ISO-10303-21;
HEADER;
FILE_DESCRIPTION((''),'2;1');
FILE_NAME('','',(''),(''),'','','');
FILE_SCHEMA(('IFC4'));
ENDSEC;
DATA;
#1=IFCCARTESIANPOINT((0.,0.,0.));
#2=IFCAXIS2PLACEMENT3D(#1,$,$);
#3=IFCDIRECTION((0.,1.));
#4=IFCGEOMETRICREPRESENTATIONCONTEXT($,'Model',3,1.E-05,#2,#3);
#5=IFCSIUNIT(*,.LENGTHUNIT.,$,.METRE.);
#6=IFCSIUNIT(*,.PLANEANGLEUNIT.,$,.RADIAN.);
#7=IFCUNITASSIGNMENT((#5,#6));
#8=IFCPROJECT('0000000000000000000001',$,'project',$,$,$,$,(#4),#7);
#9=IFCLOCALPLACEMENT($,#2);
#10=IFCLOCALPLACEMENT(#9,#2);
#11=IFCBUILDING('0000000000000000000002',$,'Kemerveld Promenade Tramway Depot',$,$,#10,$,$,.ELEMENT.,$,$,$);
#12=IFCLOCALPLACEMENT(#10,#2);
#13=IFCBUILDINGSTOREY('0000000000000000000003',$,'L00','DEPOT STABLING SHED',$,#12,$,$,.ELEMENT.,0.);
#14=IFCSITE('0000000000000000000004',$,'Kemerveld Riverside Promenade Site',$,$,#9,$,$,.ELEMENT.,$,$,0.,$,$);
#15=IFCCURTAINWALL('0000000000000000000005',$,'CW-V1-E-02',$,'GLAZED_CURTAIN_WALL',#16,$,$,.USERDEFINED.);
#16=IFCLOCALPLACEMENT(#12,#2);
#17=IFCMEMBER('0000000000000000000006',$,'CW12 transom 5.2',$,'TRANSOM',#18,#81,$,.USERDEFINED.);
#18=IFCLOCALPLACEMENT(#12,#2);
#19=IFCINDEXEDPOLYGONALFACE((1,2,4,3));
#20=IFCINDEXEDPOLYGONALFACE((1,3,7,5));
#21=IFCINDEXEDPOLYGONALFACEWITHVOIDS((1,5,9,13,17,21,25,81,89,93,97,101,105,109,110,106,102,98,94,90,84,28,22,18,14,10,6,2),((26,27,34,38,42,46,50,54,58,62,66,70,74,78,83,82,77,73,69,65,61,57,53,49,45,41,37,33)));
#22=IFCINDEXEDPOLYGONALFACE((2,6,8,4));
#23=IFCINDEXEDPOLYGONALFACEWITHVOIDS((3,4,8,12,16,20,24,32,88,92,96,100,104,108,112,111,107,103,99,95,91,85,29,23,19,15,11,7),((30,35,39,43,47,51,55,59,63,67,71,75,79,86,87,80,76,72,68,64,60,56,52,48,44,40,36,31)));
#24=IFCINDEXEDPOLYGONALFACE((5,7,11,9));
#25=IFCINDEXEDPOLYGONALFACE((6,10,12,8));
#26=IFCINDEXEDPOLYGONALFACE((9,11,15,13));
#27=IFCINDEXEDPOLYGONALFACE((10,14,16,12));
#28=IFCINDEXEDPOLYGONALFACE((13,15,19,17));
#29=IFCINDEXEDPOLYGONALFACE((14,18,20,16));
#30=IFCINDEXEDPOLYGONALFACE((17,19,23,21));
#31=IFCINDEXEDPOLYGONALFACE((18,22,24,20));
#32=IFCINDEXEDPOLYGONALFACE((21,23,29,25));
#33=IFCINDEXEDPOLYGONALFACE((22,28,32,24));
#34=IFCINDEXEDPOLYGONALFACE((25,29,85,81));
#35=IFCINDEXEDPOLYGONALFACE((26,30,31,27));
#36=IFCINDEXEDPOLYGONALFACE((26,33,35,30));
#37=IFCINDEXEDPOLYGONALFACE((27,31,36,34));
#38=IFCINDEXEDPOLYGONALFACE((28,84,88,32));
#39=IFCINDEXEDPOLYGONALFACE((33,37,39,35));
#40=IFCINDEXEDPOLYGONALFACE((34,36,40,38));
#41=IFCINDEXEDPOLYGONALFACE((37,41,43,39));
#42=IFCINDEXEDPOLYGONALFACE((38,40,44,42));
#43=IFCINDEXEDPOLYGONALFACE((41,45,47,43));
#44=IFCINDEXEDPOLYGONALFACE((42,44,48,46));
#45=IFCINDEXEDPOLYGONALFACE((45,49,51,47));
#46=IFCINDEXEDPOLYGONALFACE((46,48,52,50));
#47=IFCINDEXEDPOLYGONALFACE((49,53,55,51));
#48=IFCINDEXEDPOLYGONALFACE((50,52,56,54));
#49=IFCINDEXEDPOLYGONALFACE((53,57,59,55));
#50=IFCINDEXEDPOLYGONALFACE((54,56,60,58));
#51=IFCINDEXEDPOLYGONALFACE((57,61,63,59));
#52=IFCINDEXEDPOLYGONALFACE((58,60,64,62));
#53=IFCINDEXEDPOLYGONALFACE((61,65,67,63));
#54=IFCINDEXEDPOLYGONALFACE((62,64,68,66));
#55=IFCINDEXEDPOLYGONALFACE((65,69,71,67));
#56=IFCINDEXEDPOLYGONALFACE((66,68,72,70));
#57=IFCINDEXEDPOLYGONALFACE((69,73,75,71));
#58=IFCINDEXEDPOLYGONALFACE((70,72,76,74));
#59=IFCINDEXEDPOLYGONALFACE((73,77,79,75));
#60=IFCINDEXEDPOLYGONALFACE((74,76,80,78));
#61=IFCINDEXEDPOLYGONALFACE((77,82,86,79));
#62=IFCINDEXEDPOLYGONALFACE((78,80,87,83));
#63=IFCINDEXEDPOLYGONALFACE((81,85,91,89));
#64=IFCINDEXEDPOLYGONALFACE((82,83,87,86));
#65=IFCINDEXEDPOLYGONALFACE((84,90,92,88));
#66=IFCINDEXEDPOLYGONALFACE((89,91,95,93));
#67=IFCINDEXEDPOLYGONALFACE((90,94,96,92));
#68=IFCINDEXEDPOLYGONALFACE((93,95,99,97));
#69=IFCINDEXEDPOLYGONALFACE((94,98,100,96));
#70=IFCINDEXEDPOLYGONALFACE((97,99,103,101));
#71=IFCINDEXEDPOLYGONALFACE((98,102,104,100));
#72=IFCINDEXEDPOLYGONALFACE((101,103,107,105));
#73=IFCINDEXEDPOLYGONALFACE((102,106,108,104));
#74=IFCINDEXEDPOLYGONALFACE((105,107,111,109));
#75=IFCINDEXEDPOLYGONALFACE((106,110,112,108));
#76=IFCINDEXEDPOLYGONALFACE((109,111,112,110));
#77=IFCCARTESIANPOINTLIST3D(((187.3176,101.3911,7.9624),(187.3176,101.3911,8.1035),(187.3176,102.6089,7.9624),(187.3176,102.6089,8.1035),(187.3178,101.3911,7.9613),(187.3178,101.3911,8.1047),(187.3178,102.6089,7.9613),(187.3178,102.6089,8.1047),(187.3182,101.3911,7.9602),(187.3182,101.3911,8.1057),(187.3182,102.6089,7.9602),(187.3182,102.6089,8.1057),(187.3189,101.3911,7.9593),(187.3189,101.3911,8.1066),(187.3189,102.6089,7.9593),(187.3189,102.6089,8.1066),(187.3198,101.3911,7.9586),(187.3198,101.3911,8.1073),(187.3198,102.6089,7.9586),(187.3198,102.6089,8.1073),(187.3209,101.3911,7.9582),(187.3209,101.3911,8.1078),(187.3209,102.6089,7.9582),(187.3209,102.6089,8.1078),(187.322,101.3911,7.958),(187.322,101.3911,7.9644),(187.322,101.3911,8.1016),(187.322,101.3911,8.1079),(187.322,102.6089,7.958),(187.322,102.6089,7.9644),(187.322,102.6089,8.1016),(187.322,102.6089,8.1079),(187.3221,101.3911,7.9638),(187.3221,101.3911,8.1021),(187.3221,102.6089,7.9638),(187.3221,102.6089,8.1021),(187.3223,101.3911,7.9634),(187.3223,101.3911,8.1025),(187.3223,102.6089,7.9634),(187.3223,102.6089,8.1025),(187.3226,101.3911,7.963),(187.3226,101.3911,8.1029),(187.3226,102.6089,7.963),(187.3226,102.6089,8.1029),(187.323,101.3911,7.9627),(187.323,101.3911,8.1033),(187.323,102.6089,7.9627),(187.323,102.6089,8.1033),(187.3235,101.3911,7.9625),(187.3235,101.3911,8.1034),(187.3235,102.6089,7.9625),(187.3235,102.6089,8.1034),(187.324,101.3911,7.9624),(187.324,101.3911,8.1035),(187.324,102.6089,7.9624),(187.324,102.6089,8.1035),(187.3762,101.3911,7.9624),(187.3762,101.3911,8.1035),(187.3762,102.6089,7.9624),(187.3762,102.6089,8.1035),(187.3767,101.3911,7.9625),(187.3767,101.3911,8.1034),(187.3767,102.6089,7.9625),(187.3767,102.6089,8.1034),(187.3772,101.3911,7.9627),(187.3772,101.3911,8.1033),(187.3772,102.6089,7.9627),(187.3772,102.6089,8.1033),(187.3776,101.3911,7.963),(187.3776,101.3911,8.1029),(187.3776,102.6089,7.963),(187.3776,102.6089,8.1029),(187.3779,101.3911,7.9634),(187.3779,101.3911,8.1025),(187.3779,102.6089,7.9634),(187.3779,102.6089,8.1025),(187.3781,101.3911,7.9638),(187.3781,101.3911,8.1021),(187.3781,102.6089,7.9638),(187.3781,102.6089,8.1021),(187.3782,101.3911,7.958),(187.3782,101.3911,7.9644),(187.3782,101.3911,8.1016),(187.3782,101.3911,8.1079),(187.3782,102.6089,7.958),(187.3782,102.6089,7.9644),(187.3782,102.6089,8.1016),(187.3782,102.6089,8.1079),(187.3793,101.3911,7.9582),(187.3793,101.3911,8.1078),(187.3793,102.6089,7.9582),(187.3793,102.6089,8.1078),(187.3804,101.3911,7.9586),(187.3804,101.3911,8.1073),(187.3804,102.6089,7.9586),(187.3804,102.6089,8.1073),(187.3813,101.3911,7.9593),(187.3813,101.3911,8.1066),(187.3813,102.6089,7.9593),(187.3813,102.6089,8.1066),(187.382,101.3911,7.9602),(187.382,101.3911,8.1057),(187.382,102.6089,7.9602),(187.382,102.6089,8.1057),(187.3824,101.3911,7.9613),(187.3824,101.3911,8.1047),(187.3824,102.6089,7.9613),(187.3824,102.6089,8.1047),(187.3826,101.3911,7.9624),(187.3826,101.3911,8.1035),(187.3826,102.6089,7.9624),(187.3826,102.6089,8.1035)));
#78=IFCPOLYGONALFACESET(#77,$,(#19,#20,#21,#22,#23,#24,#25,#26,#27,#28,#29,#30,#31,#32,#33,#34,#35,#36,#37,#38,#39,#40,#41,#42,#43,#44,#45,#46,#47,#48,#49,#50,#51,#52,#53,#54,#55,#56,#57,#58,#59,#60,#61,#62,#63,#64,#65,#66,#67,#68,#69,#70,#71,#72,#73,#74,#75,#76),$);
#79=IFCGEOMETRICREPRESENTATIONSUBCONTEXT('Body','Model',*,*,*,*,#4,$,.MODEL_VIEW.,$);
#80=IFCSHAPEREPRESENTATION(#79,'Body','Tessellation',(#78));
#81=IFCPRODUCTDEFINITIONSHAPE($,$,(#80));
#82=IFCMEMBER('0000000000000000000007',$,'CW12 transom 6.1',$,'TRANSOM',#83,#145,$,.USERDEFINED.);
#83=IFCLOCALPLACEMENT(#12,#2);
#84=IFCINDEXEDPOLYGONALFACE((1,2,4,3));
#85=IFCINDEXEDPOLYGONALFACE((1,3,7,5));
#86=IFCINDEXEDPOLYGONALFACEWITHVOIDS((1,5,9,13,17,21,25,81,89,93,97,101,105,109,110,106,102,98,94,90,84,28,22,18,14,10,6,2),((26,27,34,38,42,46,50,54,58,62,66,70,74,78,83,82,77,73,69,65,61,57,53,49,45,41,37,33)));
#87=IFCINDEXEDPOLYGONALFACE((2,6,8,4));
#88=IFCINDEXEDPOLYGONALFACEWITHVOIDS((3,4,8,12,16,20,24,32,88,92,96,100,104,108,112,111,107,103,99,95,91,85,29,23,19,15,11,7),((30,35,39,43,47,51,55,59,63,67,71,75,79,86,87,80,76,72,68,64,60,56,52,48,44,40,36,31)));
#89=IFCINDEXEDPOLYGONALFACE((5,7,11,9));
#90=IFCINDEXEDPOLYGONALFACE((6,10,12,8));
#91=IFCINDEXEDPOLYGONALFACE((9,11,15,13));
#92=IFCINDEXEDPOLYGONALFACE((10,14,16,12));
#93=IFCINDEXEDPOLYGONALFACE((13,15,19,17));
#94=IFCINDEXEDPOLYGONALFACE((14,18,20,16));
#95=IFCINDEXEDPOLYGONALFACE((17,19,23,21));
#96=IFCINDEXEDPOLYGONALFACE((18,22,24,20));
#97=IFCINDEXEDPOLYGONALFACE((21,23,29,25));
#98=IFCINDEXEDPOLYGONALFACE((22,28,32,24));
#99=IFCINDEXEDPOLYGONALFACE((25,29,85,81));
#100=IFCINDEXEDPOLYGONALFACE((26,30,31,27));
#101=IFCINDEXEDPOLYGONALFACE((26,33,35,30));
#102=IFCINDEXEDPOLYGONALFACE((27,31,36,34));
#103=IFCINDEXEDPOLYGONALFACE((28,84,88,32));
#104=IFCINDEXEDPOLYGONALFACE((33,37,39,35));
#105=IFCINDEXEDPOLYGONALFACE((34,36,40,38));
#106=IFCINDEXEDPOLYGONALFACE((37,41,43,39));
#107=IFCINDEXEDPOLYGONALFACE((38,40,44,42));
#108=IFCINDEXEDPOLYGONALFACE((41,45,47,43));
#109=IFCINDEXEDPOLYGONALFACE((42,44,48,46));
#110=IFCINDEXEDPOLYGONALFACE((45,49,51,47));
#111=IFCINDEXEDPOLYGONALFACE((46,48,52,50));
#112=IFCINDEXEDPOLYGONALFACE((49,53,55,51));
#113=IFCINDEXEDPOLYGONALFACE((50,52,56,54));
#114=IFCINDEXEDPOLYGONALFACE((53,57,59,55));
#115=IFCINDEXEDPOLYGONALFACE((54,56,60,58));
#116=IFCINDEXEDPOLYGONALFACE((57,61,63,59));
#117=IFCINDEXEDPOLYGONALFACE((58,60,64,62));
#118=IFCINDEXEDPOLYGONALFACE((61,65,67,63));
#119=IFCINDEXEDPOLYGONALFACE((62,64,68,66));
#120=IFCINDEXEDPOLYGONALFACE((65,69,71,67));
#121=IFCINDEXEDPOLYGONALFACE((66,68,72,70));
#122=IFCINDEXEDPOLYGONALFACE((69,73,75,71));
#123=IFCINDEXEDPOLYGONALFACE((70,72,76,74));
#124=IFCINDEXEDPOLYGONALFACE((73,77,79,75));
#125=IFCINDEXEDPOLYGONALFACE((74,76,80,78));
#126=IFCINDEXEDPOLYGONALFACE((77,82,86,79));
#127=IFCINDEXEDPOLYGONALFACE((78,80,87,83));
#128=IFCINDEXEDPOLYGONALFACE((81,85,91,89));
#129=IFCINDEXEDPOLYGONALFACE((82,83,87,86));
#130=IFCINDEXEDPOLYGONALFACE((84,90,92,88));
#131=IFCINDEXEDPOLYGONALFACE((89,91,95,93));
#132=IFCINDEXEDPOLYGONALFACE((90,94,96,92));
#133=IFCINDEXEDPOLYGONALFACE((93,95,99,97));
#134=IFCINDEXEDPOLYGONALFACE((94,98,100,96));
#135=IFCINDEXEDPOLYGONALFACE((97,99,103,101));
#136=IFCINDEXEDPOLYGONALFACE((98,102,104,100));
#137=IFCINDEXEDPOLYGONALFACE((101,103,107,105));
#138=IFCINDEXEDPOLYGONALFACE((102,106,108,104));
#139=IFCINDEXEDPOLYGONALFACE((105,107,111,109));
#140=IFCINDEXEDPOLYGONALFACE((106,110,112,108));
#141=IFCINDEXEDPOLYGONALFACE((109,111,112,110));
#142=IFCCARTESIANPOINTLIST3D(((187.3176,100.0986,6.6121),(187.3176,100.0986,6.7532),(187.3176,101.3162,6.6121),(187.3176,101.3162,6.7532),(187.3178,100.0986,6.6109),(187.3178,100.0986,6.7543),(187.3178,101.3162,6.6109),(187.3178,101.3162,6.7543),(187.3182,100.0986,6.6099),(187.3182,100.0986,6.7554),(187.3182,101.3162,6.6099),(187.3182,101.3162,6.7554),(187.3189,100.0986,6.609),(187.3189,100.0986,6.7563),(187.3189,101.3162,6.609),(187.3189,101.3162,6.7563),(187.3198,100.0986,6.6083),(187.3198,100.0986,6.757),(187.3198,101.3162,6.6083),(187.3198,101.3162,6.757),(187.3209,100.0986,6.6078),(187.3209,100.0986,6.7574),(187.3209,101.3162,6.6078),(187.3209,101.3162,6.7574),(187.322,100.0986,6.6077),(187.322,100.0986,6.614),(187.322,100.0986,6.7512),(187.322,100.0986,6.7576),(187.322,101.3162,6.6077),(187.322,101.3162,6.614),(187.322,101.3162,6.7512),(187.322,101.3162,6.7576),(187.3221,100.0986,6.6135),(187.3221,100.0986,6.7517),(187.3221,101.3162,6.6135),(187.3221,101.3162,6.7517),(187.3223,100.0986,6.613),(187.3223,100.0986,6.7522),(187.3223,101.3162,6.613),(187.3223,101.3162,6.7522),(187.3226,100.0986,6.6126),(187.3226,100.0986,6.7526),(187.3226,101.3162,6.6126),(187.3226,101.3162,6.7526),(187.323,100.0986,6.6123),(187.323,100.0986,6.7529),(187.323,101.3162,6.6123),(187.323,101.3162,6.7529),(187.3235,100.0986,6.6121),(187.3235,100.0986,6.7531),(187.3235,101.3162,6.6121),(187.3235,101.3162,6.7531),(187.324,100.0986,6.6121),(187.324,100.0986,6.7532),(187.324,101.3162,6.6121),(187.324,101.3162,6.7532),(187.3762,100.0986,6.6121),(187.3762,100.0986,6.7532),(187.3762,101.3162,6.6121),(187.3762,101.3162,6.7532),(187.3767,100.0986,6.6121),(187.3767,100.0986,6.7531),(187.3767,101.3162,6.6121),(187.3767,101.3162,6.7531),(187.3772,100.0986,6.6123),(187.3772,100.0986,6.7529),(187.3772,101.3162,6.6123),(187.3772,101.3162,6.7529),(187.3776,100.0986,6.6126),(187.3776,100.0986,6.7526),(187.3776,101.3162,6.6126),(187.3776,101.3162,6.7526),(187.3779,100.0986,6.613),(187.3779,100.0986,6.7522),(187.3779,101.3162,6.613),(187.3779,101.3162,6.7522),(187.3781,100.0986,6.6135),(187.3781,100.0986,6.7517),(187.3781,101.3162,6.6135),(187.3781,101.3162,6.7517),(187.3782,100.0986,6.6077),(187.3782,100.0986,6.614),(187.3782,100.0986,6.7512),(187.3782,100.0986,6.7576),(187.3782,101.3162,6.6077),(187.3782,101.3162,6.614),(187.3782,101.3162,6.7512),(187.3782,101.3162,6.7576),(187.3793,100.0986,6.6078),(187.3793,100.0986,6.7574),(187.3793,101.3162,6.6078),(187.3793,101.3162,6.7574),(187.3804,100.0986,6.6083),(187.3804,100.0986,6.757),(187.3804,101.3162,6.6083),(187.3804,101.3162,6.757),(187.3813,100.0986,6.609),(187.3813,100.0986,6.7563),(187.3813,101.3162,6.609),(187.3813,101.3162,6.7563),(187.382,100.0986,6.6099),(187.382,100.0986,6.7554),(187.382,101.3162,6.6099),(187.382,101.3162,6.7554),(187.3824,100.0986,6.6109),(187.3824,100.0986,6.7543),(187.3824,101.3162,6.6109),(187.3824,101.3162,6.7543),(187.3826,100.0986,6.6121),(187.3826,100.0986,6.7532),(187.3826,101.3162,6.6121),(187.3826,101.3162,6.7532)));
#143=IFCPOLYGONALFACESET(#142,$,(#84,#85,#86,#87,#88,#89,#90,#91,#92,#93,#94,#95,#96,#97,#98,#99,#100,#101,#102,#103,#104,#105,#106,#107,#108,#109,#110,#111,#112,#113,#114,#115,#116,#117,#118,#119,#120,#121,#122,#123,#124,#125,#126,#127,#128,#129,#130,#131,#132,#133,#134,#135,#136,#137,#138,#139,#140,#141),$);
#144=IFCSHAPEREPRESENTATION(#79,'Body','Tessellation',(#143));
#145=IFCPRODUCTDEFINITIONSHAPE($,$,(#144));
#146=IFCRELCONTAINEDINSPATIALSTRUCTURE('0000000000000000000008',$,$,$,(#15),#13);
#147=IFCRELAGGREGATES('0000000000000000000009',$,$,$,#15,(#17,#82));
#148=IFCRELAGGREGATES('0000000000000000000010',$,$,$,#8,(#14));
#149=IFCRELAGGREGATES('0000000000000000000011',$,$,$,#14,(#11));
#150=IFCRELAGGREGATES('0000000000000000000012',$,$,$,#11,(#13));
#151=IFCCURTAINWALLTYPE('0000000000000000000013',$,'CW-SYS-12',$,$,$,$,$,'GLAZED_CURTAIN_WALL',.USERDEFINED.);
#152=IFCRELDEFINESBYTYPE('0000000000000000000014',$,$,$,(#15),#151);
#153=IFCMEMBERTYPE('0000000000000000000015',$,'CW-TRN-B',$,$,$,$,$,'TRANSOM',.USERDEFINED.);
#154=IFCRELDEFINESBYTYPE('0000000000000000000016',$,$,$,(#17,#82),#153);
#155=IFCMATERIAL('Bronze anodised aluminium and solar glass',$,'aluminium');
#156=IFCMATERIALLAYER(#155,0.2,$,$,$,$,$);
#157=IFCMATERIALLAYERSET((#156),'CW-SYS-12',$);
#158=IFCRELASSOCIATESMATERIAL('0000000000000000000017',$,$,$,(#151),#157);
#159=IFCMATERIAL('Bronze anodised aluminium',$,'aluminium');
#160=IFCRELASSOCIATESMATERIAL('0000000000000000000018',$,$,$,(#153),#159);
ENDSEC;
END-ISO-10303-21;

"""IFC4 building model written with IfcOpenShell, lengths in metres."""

from ifc_helpers import new_model, si_unit, direction, frame, origin, origin_2d, place, context, subcontext, project, spatial, hollow_rectangle, extrude, material, layer, layer_set, material_profile, profile_set, type_object, element, aggregate, save


model = new_model("IFC4")

# Units and contexts
model_context = context("Model", 3, precision=1e-05, world=origin(), true_north=direction((0.0, 1.0)))
body_context = subcontext(model_context, "Body", "Model", "MODEL_VIEW")
ifc_project = project(units=[si_unit("LENGTHUNIT", "METRE"), si_unit("PLANEANGLEUNIT", "RADIAN")], contexts=[model_context])

# Site, building, storey
site_placement = place(None, origin())
site = spatial("IfcSite", under=ifc_project, at=site_placement, Name="Kemerveld Riverside Promenade Site", CompositionType="ELEMENT", RefElevation=0.0)
building_placement = place(site_placement, origin())
building = spatial("IfcBuilding", under=site, at=building_placement, Name="Kemerveld Promenade Tramway Depot", CompositionType="ELEMENT")
storey_placement = place(building_placement, origin())
storey = spatial("IfcBuildingStorey", under=building, at=storey_placement, Name="L00", Description="DEPOT STABLING SHED", CompositionType="ELEMENT", Elevation=0.0)

# Curtain wall, members
ifc_material_1 = material(Name="Bronze anodised aluminium and solar glass", Category="aluminium")
ifc_layer_1 = layer(ifc_material_1, 0.2)
ifc_layer_set_1 = layer_set([ifc_layer_1], Name="CW-SYS-12")
curtain_wall_type = type_object("IfcCurtainWallType", Name="CW-SYS-12", ElementType="GLAZED_CURTAIN_WALL", PredefinedType="USERDEFINED", material=ifc_layer_set_1)
curtain_wall_placement = place(storey_placement, origin())
curtain_wall = element("IfcCurtainWall", 1, at=curtain_wall_placement, inside=storey, type_object=curtain_wall_type, Name="CW-V1-E-02", ObjectType="GLAZED_CURTAIN_WALL", PredefinedType="USERDEFINED")
ifc_material_2 = material(Name="Bronze anodised aluminium", Category="aluminium")
ifc_material_profile_1 = material_profile(ifc_material_2, hollow_rectangle(XDim=0.0649, YDim=0.1499, WallThickness=0.0044, InnerFilletRadius=0.002, OuterFilletRadius=0.0044, at=origin_2d()), Name="CW-TRN-150x65")
ifc_profile_set_1 = profile_set([ifc_material_profile_1], Name="Bronze anodised aluminium")
member_type_1 = type_object("IfcMemberType", Name="CW-TRN-B", ElementType="TRANSOM", PredefinedType="USERDEFINED", material=ifc_profile_set_1)
member_1_placement = place(storey_placement, frame((187.3501, 102.6089, 8.033), z_axis=(0.0, -1.0, 0.0), x_axis=(1.0, 0.0, 0.0)))
member_1 = element("IfcMember", 2, at=member_1_placement, type_object=member_type_1, Name="CW12 transom 5.2", ObjectType="TRANSOM", PredefinedType="USERDEFINED", context=body_context, shape_type="SweptSolid", body=[
    extrude(hollow_rectangle(XDim=0.0649, YDim=0.1499, WallThickness=0.0044, InnerFilletRadius=0.002, OuterFilletRadius=0.0044, at=origin_2d()), origin(), (0.0, 0.0, 1.0), 1.2178),
])
member_2_placement = place(storey_placement, frame((187.3501, 101.3162, 6.6826), z_axis=(0.0, -1.0, 0.0), x_axis=(1.0, 0.0, 0.0)))
member_2 = element("IfcMember", 3, at=member_2_placement, type_object=member_type_1, Name="CW12 transom 6.1", ObjectType="TRANSOM", PredefinedType="USERDEFINED", context=body_context, shape_type="SweptSolid", body=[
    extrude(hollow_rectangle(XDim=0.0649, YDim=0.1499, WallThickness=0.0044, InnerFilletRadius=0.002, OuterFilletRadius=0.0044, at=origin_2d()), origin(), (0.0, 0.0, 1.0), 1.2175),
])
aggregate(curtain_wall, [member_1, member_2])

save(model, "model.ifc")
